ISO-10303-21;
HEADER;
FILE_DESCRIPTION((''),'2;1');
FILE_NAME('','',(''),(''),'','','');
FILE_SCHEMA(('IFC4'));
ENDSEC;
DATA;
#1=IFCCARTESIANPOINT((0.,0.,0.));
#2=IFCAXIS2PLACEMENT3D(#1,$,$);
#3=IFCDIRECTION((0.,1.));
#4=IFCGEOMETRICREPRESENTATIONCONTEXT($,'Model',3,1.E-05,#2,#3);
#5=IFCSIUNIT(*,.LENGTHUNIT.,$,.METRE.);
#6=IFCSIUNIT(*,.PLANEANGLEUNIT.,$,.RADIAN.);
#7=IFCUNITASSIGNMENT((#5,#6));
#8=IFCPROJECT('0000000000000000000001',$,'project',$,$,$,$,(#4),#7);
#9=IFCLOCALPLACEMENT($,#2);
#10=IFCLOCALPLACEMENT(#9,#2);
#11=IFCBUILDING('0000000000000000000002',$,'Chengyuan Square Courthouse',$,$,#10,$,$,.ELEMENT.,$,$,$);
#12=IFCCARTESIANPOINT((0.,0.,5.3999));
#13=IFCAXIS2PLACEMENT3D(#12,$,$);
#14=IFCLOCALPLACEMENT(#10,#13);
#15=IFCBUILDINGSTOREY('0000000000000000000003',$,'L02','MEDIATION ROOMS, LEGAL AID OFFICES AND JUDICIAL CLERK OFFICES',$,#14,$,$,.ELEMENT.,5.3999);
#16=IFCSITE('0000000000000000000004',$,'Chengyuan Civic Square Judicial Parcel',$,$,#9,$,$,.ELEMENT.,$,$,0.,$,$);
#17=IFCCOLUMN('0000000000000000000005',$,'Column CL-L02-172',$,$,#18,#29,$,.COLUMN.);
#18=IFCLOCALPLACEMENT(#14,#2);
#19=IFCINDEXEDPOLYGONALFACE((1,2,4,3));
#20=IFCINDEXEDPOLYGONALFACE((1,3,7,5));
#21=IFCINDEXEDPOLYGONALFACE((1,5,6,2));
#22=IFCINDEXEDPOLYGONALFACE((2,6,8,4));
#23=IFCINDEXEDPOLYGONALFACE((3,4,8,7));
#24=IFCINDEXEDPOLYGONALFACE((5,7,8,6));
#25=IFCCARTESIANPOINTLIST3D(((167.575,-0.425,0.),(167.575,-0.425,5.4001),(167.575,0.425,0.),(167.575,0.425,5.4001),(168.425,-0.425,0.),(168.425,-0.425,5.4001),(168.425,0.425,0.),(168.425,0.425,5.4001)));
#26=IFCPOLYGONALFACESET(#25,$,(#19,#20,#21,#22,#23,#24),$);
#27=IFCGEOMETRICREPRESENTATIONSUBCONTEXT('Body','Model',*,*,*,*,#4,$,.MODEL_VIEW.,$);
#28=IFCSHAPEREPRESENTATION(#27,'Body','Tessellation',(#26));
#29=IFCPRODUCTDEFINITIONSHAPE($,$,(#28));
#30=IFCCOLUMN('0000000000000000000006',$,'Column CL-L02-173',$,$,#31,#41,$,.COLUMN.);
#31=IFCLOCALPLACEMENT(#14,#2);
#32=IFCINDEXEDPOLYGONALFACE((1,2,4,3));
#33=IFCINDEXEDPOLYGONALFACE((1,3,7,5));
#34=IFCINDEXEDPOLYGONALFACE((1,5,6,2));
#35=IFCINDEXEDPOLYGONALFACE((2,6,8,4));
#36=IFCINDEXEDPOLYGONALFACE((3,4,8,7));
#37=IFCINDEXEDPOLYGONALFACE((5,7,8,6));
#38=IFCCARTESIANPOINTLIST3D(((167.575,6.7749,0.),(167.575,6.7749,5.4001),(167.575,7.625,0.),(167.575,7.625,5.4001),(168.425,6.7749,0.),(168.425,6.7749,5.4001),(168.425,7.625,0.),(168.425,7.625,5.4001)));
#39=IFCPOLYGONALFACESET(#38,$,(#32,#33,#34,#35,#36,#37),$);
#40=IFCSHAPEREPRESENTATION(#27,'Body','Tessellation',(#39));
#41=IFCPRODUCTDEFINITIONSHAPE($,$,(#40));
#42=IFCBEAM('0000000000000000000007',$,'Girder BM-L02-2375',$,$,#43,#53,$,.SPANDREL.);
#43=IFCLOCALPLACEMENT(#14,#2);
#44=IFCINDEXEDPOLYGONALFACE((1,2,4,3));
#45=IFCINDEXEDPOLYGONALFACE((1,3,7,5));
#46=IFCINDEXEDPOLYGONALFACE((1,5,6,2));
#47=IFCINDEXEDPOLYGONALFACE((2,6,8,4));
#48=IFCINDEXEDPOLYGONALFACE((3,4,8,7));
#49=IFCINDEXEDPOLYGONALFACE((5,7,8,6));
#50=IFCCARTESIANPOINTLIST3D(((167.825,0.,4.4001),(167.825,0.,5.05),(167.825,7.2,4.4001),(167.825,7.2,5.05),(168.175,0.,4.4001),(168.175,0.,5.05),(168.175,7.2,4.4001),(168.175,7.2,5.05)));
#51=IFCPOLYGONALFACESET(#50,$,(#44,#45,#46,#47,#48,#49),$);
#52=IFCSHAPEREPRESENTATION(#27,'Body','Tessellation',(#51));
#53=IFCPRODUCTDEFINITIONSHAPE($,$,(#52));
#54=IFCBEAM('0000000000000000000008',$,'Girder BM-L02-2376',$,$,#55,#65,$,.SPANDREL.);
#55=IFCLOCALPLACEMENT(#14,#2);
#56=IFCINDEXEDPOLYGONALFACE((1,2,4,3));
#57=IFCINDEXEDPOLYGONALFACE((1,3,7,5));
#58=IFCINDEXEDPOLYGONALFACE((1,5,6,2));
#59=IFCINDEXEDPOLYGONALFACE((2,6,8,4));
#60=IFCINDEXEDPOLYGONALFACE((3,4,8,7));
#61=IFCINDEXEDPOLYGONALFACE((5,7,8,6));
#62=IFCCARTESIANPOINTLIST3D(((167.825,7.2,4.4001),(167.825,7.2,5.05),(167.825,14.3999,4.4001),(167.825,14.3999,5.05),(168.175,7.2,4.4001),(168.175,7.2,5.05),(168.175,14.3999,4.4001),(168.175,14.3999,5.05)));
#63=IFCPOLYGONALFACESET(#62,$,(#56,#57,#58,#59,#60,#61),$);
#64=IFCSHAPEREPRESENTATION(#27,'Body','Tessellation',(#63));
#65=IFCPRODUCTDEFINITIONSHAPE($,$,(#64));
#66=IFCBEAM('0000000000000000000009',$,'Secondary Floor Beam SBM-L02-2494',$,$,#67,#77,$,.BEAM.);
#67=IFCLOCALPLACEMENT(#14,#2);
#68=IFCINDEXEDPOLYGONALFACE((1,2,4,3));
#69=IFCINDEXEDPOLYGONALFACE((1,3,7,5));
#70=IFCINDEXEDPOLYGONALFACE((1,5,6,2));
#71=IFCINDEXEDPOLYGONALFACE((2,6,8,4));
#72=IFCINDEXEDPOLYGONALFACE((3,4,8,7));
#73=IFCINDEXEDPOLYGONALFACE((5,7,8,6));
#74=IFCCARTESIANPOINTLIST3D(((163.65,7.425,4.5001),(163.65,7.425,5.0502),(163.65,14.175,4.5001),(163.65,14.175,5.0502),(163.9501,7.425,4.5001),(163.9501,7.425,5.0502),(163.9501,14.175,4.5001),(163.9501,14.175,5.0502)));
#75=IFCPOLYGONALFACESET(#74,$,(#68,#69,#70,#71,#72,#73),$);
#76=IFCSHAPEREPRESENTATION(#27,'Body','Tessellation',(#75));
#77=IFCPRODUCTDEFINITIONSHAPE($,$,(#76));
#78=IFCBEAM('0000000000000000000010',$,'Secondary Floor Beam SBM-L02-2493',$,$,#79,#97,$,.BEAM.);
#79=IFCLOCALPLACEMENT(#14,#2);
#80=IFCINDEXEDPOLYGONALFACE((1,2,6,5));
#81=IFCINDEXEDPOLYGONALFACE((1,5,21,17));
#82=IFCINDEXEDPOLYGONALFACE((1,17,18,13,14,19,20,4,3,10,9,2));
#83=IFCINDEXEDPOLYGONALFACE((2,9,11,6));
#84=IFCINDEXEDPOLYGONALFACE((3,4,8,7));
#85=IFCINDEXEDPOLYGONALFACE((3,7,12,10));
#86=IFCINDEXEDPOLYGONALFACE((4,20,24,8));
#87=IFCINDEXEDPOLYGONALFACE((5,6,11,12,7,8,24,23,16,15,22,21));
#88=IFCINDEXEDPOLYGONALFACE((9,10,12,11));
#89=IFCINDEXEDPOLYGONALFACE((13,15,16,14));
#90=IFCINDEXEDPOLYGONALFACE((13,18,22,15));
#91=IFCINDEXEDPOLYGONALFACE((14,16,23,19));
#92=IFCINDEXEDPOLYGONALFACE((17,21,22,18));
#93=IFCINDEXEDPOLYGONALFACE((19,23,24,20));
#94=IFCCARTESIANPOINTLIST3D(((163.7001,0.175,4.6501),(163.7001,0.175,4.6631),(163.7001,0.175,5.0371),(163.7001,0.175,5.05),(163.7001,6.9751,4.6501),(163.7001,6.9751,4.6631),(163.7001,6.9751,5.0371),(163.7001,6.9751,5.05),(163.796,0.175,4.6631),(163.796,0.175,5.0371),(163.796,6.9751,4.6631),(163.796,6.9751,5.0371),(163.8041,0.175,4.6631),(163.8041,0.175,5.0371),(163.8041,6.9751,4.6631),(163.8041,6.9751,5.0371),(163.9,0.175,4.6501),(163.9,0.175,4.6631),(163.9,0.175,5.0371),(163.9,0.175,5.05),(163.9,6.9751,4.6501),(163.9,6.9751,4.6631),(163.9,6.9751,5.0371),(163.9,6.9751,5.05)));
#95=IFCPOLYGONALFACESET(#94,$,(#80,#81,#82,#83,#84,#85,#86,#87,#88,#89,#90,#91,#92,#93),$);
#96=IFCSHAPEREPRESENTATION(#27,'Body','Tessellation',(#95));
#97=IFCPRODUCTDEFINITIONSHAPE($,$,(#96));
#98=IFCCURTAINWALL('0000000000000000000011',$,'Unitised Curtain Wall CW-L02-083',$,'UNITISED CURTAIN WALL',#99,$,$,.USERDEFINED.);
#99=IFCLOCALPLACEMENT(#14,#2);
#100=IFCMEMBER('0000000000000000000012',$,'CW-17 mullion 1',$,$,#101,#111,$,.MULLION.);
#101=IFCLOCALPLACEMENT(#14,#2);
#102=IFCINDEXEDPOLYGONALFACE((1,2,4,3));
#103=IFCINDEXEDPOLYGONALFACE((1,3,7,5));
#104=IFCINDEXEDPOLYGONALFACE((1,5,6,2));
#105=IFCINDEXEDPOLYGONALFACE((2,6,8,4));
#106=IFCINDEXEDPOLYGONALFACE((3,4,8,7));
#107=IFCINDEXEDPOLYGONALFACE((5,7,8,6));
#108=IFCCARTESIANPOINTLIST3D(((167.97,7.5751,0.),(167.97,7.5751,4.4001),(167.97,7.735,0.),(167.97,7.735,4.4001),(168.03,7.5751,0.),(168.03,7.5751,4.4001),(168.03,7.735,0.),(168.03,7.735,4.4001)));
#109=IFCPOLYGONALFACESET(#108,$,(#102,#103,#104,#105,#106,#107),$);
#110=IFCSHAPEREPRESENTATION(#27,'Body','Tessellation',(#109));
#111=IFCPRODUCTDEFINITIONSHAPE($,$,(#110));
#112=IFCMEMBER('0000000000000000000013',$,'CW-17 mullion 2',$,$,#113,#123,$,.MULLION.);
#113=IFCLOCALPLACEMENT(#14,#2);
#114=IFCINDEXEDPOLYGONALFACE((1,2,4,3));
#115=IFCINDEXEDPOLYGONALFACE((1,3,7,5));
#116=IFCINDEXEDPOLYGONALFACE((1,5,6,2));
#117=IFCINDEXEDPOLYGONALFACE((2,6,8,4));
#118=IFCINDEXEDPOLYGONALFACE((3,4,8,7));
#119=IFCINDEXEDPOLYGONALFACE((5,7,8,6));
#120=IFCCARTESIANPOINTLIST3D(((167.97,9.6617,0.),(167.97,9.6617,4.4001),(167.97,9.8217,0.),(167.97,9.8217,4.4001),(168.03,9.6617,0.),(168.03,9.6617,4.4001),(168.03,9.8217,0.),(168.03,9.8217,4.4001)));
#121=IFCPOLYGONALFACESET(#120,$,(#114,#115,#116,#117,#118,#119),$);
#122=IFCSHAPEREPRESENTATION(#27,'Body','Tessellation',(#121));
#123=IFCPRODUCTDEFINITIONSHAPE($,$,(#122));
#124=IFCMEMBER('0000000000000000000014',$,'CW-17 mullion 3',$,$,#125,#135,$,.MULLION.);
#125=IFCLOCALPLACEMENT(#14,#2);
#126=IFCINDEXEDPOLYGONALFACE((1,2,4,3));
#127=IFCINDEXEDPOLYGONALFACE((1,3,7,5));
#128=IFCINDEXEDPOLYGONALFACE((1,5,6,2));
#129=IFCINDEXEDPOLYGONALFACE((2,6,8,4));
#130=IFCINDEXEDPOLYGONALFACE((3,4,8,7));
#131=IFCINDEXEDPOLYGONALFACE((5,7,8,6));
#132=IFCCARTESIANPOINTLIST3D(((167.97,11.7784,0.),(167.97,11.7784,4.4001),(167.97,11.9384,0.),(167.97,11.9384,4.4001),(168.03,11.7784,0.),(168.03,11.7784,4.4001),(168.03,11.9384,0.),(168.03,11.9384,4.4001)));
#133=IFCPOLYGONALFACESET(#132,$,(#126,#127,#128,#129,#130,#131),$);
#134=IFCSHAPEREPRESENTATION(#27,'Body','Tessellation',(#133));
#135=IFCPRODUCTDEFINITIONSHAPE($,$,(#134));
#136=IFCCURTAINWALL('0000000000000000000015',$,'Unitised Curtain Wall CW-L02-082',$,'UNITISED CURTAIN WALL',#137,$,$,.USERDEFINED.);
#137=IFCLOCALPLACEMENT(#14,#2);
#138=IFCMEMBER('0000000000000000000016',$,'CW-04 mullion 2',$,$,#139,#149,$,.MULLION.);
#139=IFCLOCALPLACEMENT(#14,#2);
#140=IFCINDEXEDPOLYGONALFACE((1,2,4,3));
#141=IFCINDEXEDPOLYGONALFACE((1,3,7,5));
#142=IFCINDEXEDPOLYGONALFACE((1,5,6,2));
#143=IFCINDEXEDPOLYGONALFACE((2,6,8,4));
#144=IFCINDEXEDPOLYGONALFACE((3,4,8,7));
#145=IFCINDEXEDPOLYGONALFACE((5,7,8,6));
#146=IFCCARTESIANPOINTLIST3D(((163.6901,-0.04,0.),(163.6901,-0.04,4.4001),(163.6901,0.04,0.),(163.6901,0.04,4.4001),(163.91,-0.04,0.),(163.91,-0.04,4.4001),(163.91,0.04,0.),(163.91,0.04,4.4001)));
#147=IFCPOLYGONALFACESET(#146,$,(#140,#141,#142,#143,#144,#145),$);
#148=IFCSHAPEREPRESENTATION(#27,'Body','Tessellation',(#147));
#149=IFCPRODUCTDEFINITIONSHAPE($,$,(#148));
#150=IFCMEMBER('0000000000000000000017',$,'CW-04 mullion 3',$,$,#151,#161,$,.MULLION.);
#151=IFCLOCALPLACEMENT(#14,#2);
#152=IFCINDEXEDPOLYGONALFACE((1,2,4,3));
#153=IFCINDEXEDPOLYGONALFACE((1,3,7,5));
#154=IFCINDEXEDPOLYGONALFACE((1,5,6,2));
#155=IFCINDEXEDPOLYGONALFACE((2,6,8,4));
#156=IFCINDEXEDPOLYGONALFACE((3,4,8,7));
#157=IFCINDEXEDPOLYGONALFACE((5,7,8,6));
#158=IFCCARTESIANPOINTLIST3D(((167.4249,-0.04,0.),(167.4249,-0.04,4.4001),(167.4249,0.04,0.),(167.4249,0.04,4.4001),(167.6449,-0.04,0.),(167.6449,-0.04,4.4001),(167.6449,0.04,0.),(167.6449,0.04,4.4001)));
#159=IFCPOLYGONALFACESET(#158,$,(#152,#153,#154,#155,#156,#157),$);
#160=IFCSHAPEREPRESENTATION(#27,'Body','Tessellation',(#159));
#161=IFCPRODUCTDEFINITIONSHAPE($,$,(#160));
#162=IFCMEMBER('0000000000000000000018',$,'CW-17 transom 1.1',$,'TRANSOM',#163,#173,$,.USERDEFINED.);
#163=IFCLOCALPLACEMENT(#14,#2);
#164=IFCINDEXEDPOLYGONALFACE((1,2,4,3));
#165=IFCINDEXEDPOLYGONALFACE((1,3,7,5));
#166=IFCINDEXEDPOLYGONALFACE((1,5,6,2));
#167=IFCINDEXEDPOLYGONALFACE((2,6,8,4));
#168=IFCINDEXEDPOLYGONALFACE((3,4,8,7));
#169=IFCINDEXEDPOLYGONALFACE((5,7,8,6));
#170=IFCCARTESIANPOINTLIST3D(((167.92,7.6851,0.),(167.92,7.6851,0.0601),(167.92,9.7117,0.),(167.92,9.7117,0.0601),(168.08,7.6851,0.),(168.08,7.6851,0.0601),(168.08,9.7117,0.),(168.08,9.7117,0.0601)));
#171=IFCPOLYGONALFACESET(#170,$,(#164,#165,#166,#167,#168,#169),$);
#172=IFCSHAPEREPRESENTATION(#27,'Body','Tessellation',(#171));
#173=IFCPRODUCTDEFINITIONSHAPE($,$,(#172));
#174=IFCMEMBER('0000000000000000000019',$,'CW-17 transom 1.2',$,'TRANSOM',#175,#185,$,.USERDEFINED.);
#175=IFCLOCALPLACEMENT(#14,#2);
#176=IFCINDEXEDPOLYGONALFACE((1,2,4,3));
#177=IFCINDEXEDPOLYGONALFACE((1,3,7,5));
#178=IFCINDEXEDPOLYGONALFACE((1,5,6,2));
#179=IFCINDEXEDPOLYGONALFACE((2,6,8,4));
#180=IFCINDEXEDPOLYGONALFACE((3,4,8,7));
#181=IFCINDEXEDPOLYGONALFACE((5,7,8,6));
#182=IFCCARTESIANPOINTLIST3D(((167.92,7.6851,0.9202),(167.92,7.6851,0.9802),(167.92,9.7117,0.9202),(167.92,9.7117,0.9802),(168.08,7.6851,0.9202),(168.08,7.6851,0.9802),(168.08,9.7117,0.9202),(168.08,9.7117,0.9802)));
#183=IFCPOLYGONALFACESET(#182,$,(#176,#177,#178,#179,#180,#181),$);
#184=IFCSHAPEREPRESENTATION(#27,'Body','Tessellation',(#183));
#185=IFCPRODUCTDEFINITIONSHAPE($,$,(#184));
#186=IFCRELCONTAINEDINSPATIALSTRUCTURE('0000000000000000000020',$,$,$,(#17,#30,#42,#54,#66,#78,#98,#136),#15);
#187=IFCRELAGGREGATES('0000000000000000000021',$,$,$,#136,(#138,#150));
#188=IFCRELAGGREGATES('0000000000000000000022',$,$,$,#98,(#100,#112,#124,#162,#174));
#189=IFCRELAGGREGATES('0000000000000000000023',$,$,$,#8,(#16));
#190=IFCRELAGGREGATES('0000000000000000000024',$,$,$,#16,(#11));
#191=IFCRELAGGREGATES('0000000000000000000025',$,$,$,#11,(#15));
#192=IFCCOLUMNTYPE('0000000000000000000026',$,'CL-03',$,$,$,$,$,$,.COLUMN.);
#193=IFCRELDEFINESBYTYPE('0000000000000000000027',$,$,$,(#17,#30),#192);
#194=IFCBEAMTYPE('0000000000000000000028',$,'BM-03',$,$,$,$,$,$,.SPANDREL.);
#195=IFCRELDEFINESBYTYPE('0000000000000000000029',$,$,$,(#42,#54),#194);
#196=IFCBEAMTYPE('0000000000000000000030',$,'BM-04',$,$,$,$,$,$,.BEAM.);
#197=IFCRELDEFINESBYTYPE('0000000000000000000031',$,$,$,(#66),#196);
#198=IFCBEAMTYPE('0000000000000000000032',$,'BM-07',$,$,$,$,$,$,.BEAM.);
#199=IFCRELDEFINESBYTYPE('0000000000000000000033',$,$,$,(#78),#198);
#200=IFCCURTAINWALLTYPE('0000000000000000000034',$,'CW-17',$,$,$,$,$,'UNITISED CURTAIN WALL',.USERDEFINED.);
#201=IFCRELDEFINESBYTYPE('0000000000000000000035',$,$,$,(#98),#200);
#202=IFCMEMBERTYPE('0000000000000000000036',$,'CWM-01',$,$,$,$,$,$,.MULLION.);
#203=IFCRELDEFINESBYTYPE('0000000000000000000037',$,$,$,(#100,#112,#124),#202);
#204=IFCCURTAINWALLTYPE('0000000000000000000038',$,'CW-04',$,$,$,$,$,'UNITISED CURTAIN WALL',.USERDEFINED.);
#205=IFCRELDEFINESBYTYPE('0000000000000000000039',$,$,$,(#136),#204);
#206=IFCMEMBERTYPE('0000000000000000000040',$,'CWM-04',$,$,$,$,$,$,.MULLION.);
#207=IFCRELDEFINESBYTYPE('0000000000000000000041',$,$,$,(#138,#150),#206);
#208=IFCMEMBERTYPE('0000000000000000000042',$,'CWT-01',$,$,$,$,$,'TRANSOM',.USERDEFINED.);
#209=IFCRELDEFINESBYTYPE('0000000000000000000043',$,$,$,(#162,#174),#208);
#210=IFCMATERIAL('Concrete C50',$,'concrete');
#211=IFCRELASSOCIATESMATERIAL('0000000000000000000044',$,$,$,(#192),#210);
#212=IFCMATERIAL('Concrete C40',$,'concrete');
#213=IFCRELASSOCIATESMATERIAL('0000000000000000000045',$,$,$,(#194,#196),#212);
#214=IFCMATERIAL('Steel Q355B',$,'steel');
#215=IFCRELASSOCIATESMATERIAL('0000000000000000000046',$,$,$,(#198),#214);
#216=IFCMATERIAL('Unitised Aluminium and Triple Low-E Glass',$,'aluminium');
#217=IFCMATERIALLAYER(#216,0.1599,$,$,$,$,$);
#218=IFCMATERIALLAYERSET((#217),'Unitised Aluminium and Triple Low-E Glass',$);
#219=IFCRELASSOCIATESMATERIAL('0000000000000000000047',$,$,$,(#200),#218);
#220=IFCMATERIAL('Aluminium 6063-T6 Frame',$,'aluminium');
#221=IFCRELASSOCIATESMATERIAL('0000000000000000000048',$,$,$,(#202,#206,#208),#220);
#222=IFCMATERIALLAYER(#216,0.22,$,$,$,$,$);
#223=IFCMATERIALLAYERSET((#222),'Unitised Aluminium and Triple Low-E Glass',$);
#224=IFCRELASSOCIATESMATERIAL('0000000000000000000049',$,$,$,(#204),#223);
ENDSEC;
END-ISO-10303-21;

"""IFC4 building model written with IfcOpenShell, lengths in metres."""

from ifc_helpers import new_model, si_unit, direction, frame, origin, origin_2d, place, context, subcontext, project, spatial, rectangle, i_section, extrude, material, layer, layer_set, material_profile, profile_set, type_object, element, aggregate, save


model = new_model("IFC4")

# Units and contexts
model_context = context("Model", 3, precision=1e-05, world=origin(), true_north=direction((0.0, 1.0)))
body_context = subcontext(model_context, "Body", "Model", "MODEL_VIEW")
ifc_project = project(units=[si_unit("LENGTHUNIT", "METRE"), si_unit("PLANEANGLEUNIT", "RADIAN")], contexts=[model_context])

# Site, building, storey
site_placement = place(None, origin())
site = spatial("IfcSite", under=ifc_project, at=site_placement, Name="Chengyuan Civic Square Judicial Parcel", CompositionType="ELEMENT", RefElevation=0.0)
building_placement = place(site_placement, origin())
building = spatial("IfcBuilding", under=site, at=building_placement, Name="Chengyuan Square Courthouse", CompositionType="ELEMENT")
storey_placement = place(building_placement, frame((0.0, 0.0, 5.3999)))
storey = spatial("IfcBuildingStorey", under=building, at=storey_placement, Name="L02", Description="MEDIATION ROOMS, LEGAL AID OFFICES AND JUDICIAL CLERK OFFICES", CompositionType="ELEMENT", Elevation=5.3999)

# Columns
ifc_material_1 = material(Name="Concrete C50", Category="concrete")
ifc_material_profile_1 = material_profile(ifc_material_1, rectangle(XDim=0.8501, YDim=0.8501, at=origin_2d()), Name="RC-COL-850x850")
ifc_profile_set_1 = profile_set([ifc_material_profile_1], Name="Concrete C50")
column_type = type_object("IfcColumnType", Name="CL-03", PredefinedType="COLUMN", material=ifc_profile_set_1)
for number, where, z_axis, x_axis, name in (
    (1, (168.0, 0.0, 0.0), (0.0, 0.0, 1.0), (1.0, 0.0, 0.0), "Column CL-L02-172"),
    (2, (168.0, 7.2, 0.0), (0.0, 0.0, 1.0), (1.0, 0.0, 0.0), "Column CL-L02-173"),
):
    element("IfcColumn", number, at=place(storey_placement, frame(where, z_axis=z_axis, x_axis=x_axis)), inside=storey, type_object=column_type, Name=name, PredefinedType="COLUMN", context=body_context, shape_type="SweptSolid", body=[
        extrude(rectangle(XDim=0.8501, YDim=0.8501, at=origin_2d()), origin(), (0.0, 0.0, 1.0), 5.4001),
    ])

# Beams
ifc_material_2 = material(Name="Concrete C40", Category="concrete")
ifc_material_profile_2 = material_profile(ifc_material_2, rectangle(XDim=0.3501, YDim=0.6499, at=origin_2d()), Name="RC-BM-350x650")
ifc_profile_set_2 = profile_set([ifc_material_profile_2], Name="Concrete C40")
beam_type_1 = type_object("IfcBeamType", Name="BM-03", PredefinedType="SPANDREL", material=ifc_profile_set_2)
for number, where, z_axis, x_axis, name in (
    (3, (168.0, 0.0, 4.7251), (0.0, 1.0, 0.0), (-1.0, 0.0, 0.0), "Girder BM-L02-2375"),
    (4, (168.0, 7.2, 4.7251), (0.0, 1.0, 0.0), (-1.0, 0.0, 0.0), "Girder BM-L02-2376"),
):
    element("IfcBeam", number, at=place(storey_placement, frame(where, z_axis=z_axis, x_axis=x_axis)), inside=storey, type_object=beam_type_1, Name=name, PredefinedType="SPANDREL", context=body_context, shape_type="SweptSolid", body=[
        extrude(rectangle(XDim=0.3501, YDim=0.6499, at=origin_2d()), origin(), (0.0, 0.0, 1.0), 7.2),
    ])
ifc_material_profile_3 = material_profile(ifc_material_2, rectangle(XDim=0.3, YDim=0.55, at=origin_2d()), Name="RC-BM-300x550")
ifc_profile_set_3 = profile_set([ifc_material_profile_3], Name="Concrete C40")
beam_type_2 = type_object("IfcBeamType", Name="BM-04", PredefinedType="BEAM", material=ifc_profile_set_3)
beam_1_placement = place(storey_placement, frame((163.8, 7.425, 4.7751), z_axis=(0.0, 1.0, 0.0), x_axis=(-1.0, 0.0, 0.0)))
element("IfcBeam", 5, at=beam_1_placement, inside=storey, type_object=beam_type_2, Name="Secondary Floor Beam SBM-L02-2494", PredefinedType="BEAM", context=body_context, shape_type="SweptSolid", body=[
    extrude(rectangle(XDim=0.3, YDim=0.55, at=origin_2d()), origin(), (0.0, 0.0, 1.0), 6.75),
])
ifc_material_3 = material(Name="Steel Q355B", Category="steel")
ifc_material_profile_4 = material_profile(ifc_material_3, i_section(OverallWidth=0.2, OverallDepth=0.3999, WebThickness=0.0081, FlangeThickness=0.0129, at=origin_2d()), Name="HN 400x200x8x13")
ifc_profile_set_4 = profile_set([ifc_material_profile_4], Name="Steel Q355B")
beam_type_3 = type_object("IfcBeamType", Name="BM-07", PredefinedType="BEAM", material=ifc_profile_set_4)
beam_2_placement = place(storey_placement, frame((163.8, 0.175, 4.8501), z_axis=(0.0, 1.0, 0.0), x_axis=(-1.0, 0.0, 0.0)))
element("IfcBeam", 6, at=beam_2_placement, inside=storey, type_object=beam_type_3, Name="Secondary Floor Beam SBM-L02-2493", PredefinedType="BEAM", context=body_context, shape_type="SweptSolid", body=[
    extrude(i_section(OverallWidth=0.2, OverallDepth=0.3999, WebThickness=0.0081, FlangeThickness=0.0129, at=origin_2d()), origin(), (0.0, 0.0, 1.0), 6.8),
])

# Curtain walls, members
ifc_material_4 = material(Name="Unitised Aluminium and Triple Low-E Glass", Category="aluminium")
ifc_layer_1 = layer(ifc_material_4, 0.1599)
ifc_layer_set_1 = layer_set([ifc_layer_1], Name="Unitised Aluminium and Triple Low-E Glass")
curtain_wall_type_1 = type_object("IfcCurtainWallType", Name="CW-17", ElementType="UNITISED CURTAIN WALL", PredefinedType="USERDEFINED", material=ifc_layer_set_1)
curtain_wall_1_placement = place(storey_placement, origin())
curtain_wall_1 = element("IfcCurtainWall", 7, at=curtain_wall_1_placement, inside=storey, type_object=curtain_wall_type_1, Name="Unitised Curtain Wall CW-L02-083", ObjectType="UNITISED CURTAIN WALL", PredefinedType="USERDEFINED")
ifc_material_5 = material(Name="Aluminium 6063-T6 Frame", Category="aluminium")
ifc_material_profile_5 = material_profile(ifc_material_5, rectangle(XDim=0.0601, YDim=0.1599, at=origin_2d()), Name="CW-MUL-60x160")
ifc_profile_set_5 = profile_set([ifc_material_profile_5], Name="Aluminium 6063-T6 Frame")
member_type_1 = type_object("IfcMemberType", Name="CWM-01", PredefinedType="MULLION", material=ifc_profile_set_5)
member_1_placement = place(storey_placement, frame((168.0, 7.655, 0.0), z_axis=(0.0, 0.0, 1.0), x_axis=(-1.0, 0.0, 0.0)))
member_1 = element("IfcMember", 8, at=member_1_placement, type_object=member_type_1, Name="CW-17 mullion 1", PredefinedType="MULLION", context=body_context, shape_type="SweptSolid", body=[
    extrude(rectangle(XDim=0.0601, YDim=0.1599, at=origin_2d()), origin(), (0.0, 0.0, 1.0), 4.4001),
])
member_2_placement = place(storey_placement, frame((168.0, 9.7417, 0.0), z_axis=(0.0, 0.0, 1.0), x_axis=(-1.0, 0.0, 0.0)))
member_2 = element("IfcMember", 9, at=member_2_placement, type_object=member_type_1, Name="CW-17 mullion 2", PredefinedType="MULLION", context=body_context, shape_type="SweptSolid", body=[
    extrude(rectangle(XDim=0.0601, YDim=0.1599, at=origin_2d()), origin(), (0.0, 0.0, 1.0), 4.4001),
])
member_3_placement = place(storey_placement, frame((168.0, 11.8584, 0.0), z_axis=(0.0, 0.0, 1.0), x_axis=(-1.0, 0.0, 0.0)))
member_3 = element("IfcMember", 10, at=member_3_placement, type_object=member_type_1, Name="CW-17 mullion 3", PredefinedType="MULLION", context=body_context, shape_type="SweptSolid", body=[
    extrude(rectangle(XDim=0.0601, YDim=0.1599, at=origin_2d()), origin(), (0.0, 0.0, 1.0), 4.4001),
])
ifc_layer_2 = layer(ifc_material_4, 0.22)
ifc_layer_set_2 = layer_set([ifc_layer_2], Name="Unitised Aluminium and Triple Low-E Glass")
curtain_wall_type_2 = type_object("IfcCurtainWallType", Name="CW-04", ElementType="UNITISED CURTAIN WALL", PredefinedType="USERDEFINED", material=ifc_layer_set_2)
curtain_wall_2_placement = place(storey_placement, origin())
curtain_wall_2 = element("IfcCurtainWall", 11, at=curtain_wall_2_placement, inside=storey, type_object=curtain_wall_type_2, Name="Unitised Curtain Wall CW-L02-082", ObjectType="UNITISED CURTAIN WALL", PredefinedType="USERDEFINED")
ifc_material_profile_6 = material_profile(ifc_material_5, rectangle(XDim=0.0801, YDim=0.22, at=origin_2d()), Name="CW-MUL-80x220")
ifc_profile_set_6 = profile_set([ifc_material_profile_6], Name="Aluminium 6063-T6 Frame")
member_type_2 = type_object("IfcMemberType", Name="CWM-04", PredefinedType="MULLION", material=ifc_profile_set_6)
member_4_placement = place(storey_placement, frame((163.8, 0.0, 0.0), z_axis=(0.0, 0.0, 1.0), x_axis=(0.0, 1.0, 0.0)))
member_4 = element("IfcMember", 12, at=member_4_placement, type_object=member_type_2, Name="CW-04 mullion 2", PredefinedType="MULLION", context=body_context, shape_type="SweptSolid", body=[
    extrude(rectangle(XDim=0.0801, YDim=0.22, at=origin_2d()), origin(), (0.0, 0.0, 1.0), 4.4001),
])
member_5_placement = place(storey_placement, frame((167.5349, 0.0, 0.0), z_axis=(0.0, 0.0, 1.0), x_axis=(0.0, 1.0, 0.0)))
member_5 = element("IfcMember", 13, at=member_5_placement, type_object=member_type_2, Name="CW-04 mullion 3", PredefinedType="MULLION", context=body_context, shape_type="SweptSolid", body=[
    extrude(rectangle(XDim=0.0801, YDim=0.22, at=origin_2d()), origin(), (0.0, 0.0, 1.0), 4.4001),
])

# Members
ifc_material_profile_7 = material_profile(ifc_material_5, rectangle(XDim=0.1599, YDim=0.0601, at=origin_2d()), Name="CW-TRN-60x120")
ifc_profile_set_7 = profile_set([ifc_material_profile_7], Name="Aluminium 6063-T6 Frame")
member_type_3 = type_object("IfcMemberType", Name="CWT-01", ElementType="TRANSOM", PredefinedType="USERDEFINED", material=ifc_profile_set_7)
member_6_placement = place(storey_placement, frame((168.0, 7.6851, 0.03), z_axis=(0.0, 1.0, 0.0), x_axis=(-1.0, 0.0, 0.0)))
member_6 = element("IfcMember", 14, at=member_6_placement, type_object=member_type_3, Name="CW-17 transom 1.1", ObjectType="TRANSOM", PredefinedType="USERDEFINED", context=body_context, shape_type="SweptSolid", body=[
    extrude(rectangle(XDim=0.1599, YDim=0.0601, at=origin_2d()), origin(), (0.0, 0.0, 1.0), 2.0266),
])
member_7_placement = place(storey_placement, frame((168.0, 7.6851, 0.9502), z_axis=(0.0, 1.0, 0.0), x_axis=(-1.0, 0.0, 0.0)))
member_7 = element("IfcMember", 15, at=member_7_placement, type_object=member_type_3, Name="CW-17 transom 1.2", ObjectType="TRANSOM", PredefinedType="USERDEFINED", context=body_context, shape_type="SweptSolid", body=[
    extrude(rectangle(XDim=0.1599, YDim=0.0601, at=origin_2d()), origin(), (0.0, 0.0, 1.0), 2.0266),
])

aggregate(curtain_wall_2, [member_4, member_5])
aggregate(curtain_wall_1, [member_1, member_2, member_3, member_6, member_7])

save(model, "model.ifc")
